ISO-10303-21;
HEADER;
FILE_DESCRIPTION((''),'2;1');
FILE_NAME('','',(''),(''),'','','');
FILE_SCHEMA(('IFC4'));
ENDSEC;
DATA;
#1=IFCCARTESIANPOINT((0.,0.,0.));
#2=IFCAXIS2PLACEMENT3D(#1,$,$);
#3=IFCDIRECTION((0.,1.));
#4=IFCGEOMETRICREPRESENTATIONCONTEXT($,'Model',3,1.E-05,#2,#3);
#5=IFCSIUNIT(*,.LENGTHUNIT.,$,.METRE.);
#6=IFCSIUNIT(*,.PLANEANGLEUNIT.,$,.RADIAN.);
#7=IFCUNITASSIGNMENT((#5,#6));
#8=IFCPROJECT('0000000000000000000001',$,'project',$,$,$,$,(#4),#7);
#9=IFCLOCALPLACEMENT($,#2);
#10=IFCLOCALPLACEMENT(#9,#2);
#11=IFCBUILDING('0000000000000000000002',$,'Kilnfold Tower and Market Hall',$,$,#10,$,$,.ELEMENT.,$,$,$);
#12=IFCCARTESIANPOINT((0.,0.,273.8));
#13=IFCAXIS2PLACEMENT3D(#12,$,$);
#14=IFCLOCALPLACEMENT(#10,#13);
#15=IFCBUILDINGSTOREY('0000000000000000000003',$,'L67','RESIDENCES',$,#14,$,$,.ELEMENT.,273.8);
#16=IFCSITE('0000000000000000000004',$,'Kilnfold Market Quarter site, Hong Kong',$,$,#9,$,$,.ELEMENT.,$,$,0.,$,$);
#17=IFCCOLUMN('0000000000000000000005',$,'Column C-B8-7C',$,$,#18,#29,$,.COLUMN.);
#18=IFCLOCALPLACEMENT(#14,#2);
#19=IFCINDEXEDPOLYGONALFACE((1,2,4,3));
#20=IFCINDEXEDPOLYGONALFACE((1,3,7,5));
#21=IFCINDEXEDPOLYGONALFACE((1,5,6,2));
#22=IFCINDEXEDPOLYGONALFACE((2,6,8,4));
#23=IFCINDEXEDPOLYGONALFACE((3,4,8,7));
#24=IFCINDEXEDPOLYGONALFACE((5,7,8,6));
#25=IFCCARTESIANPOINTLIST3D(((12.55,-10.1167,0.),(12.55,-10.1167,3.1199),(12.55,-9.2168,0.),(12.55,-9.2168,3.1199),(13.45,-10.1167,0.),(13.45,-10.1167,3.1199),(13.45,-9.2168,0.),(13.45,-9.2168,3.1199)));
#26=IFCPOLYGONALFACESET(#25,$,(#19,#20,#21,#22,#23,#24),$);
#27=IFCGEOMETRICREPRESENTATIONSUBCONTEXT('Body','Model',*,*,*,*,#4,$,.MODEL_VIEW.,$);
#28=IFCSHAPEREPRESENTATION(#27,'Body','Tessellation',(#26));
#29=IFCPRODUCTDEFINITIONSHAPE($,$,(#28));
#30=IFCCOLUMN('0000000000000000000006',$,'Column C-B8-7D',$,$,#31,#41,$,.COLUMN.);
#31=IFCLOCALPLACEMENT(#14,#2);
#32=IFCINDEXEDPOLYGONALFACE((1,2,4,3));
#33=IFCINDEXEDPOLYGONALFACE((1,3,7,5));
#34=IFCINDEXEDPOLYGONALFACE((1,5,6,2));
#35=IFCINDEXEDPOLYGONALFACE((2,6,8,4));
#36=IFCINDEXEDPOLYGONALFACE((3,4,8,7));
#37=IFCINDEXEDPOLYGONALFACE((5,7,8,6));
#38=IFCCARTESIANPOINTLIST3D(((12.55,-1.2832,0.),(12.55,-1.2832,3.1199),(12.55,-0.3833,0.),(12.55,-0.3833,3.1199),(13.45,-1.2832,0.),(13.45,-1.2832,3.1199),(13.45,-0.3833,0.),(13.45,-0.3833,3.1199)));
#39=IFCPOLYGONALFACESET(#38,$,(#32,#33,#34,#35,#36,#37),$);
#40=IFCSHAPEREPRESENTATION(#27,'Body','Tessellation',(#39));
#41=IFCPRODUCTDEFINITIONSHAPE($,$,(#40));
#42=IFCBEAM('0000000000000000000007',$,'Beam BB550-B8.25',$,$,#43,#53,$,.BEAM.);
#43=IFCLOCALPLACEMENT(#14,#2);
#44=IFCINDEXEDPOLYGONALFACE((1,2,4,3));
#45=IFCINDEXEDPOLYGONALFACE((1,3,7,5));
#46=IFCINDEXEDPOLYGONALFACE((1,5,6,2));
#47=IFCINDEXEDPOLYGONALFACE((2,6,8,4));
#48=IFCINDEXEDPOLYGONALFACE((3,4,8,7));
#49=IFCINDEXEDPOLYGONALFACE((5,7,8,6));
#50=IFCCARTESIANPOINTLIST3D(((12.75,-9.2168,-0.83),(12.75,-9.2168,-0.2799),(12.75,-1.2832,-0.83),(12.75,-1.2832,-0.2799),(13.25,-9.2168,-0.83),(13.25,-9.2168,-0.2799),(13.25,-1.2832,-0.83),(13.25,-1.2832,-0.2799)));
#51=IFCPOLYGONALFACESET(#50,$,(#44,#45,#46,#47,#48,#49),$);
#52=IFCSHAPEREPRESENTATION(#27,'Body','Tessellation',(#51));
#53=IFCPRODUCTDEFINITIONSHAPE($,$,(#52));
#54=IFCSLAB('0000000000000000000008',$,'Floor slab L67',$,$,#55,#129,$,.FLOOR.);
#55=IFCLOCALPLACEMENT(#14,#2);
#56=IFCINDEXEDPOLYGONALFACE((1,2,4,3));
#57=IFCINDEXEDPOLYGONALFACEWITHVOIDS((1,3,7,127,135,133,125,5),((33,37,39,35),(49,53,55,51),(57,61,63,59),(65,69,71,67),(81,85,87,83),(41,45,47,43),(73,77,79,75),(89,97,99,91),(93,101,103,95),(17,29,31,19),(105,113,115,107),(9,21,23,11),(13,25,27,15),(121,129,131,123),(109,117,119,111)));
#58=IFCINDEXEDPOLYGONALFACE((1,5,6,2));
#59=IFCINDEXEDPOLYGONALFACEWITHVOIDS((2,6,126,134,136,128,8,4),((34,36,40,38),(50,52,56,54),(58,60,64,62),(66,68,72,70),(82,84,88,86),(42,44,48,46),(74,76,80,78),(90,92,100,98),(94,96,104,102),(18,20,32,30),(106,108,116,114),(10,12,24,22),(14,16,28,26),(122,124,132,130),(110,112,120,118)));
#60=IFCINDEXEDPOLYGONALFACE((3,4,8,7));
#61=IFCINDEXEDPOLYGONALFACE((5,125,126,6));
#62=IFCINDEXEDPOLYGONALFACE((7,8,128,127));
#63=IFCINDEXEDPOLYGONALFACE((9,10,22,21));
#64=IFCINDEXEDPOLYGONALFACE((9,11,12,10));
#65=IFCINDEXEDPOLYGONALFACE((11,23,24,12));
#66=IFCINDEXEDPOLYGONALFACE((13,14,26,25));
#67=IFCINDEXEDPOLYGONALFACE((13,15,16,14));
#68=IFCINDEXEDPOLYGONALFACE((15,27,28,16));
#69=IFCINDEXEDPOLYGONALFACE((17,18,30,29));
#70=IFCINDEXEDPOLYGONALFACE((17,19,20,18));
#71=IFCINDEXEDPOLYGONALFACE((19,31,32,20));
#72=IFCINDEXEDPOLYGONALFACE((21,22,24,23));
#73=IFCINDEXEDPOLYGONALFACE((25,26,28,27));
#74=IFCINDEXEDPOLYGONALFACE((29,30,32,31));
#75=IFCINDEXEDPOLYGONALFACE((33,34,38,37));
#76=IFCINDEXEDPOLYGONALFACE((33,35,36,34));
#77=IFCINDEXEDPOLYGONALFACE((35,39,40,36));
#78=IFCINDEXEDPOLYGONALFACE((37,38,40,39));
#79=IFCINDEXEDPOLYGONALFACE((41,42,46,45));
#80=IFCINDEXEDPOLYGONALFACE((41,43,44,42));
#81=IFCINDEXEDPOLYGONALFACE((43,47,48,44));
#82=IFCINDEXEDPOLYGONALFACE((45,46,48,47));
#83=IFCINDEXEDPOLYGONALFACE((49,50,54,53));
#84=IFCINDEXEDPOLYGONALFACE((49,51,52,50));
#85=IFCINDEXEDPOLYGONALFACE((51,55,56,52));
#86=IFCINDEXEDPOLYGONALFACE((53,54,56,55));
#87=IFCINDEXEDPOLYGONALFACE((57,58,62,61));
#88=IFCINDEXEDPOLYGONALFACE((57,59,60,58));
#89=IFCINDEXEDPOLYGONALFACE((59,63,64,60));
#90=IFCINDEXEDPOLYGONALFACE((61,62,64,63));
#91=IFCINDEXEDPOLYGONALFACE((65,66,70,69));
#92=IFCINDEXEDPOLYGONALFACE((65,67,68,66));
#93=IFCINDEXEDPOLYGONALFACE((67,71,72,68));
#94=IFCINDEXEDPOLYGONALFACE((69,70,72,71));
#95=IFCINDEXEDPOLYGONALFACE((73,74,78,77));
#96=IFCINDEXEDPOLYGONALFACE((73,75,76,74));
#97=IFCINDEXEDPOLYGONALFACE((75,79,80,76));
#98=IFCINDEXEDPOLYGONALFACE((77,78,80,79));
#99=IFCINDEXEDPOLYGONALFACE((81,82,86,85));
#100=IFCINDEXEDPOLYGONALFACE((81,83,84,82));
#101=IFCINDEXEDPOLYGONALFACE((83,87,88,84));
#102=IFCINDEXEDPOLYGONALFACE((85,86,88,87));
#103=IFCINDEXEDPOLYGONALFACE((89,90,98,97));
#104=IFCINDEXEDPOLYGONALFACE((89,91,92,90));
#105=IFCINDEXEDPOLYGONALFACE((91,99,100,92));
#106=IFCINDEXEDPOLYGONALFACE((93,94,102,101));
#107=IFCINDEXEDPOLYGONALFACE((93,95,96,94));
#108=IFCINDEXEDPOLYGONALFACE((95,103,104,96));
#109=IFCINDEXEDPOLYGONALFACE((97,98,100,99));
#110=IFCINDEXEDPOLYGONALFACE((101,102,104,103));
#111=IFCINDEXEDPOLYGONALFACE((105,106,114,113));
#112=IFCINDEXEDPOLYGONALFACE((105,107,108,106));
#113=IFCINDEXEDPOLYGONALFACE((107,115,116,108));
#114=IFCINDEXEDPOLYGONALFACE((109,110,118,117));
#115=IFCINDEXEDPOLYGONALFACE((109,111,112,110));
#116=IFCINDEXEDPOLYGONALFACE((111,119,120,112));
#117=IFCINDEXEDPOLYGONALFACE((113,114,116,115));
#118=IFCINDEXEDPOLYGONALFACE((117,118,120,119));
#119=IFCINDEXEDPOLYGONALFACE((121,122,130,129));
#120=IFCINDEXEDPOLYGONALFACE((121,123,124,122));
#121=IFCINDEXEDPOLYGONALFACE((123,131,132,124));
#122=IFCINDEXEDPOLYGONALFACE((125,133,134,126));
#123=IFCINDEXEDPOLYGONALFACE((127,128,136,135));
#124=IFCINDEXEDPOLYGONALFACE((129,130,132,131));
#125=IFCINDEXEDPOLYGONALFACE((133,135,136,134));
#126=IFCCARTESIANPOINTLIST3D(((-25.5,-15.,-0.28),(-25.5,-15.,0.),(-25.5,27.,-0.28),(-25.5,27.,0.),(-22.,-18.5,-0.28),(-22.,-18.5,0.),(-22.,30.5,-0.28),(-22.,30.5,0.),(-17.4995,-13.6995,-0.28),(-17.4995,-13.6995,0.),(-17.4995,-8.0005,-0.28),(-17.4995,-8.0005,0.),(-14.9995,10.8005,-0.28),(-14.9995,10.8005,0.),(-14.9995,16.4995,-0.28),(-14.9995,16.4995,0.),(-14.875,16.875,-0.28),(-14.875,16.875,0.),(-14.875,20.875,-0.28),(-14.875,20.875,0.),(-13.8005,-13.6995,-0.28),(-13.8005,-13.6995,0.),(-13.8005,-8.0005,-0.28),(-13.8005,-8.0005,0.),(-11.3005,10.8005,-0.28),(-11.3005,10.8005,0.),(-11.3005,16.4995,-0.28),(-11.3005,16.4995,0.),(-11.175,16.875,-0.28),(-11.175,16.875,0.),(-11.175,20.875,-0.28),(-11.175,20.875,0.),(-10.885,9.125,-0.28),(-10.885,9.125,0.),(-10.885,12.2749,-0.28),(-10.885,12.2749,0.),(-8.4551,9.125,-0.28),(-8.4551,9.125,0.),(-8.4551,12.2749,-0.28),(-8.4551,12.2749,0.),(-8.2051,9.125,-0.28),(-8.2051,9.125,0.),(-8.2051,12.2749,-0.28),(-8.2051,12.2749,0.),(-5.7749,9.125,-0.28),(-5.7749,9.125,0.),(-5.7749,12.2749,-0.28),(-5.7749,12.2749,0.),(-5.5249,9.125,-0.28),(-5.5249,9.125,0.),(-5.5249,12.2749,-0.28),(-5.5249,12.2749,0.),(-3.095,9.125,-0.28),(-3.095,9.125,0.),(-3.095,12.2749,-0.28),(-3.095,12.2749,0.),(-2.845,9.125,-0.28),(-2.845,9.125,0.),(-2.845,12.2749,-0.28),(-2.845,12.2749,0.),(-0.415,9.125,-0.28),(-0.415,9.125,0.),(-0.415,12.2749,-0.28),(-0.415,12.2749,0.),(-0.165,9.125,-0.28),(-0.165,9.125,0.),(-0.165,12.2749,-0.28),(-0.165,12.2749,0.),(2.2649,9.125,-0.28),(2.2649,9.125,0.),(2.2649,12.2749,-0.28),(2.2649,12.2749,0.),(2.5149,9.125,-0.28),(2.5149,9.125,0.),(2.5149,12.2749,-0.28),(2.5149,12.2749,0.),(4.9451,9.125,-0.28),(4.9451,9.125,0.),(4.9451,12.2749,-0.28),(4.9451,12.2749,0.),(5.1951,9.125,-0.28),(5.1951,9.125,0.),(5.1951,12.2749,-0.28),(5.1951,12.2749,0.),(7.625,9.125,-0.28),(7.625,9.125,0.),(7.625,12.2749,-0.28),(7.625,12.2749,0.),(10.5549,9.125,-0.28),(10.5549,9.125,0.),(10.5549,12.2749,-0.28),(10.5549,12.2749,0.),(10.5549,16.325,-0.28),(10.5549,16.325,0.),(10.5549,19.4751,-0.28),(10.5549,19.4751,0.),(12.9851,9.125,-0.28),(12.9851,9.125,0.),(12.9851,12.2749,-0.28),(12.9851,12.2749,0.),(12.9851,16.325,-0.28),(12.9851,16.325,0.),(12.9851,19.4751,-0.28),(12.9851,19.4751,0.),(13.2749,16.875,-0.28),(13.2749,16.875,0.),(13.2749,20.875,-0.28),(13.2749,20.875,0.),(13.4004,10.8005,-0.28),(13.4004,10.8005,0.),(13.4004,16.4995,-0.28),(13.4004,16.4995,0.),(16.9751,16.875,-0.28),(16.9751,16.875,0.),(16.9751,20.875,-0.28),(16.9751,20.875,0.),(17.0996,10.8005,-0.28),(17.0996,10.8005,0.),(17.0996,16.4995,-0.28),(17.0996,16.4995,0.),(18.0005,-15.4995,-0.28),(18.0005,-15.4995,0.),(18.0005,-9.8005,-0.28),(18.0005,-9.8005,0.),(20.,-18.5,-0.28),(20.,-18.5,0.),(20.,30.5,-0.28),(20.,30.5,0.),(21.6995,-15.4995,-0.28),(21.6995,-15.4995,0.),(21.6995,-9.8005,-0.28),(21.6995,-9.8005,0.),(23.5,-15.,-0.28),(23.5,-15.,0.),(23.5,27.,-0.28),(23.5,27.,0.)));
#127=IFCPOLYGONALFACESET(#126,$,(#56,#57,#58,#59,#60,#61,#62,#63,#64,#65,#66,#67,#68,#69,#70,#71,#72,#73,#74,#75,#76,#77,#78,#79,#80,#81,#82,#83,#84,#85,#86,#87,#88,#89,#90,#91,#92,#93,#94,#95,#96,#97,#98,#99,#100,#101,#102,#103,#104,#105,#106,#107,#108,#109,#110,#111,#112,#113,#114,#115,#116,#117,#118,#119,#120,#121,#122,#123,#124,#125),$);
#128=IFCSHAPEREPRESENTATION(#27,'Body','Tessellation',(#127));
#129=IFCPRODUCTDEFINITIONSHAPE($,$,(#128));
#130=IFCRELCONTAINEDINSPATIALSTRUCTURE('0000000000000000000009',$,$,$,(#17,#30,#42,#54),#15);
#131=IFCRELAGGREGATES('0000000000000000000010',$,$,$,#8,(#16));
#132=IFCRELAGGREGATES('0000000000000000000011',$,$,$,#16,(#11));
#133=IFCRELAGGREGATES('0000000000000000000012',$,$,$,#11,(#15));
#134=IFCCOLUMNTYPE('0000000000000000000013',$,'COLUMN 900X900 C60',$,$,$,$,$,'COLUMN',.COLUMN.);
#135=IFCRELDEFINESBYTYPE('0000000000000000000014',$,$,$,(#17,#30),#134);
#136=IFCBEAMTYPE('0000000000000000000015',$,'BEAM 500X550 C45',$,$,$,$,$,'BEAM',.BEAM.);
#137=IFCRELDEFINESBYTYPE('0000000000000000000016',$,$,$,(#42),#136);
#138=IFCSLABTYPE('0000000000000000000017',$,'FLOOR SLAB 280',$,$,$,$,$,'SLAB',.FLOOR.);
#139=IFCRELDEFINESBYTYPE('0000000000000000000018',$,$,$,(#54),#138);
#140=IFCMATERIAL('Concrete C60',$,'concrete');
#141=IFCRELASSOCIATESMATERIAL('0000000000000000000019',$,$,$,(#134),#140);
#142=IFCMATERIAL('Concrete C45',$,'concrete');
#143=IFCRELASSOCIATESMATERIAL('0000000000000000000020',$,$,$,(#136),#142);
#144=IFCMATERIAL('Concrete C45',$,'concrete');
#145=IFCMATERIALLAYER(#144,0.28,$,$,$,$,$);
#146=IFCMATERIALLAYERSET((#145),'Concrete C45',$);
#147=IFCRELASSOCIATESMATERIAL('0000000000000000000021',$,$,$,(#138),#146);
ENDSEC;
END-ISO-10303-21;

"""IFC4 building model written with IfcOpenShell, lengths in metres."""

from ifc_helpers import new_model, si_unit, direction, frame, origin, origin_2d, place, context, subcontext, project, spatial, polyline, rectangle, outline, extrude, source, transform, mapped, material, layer, layer_set, material_profile, profile_set, type_object, element, save


model = new_model("IFC4")

# Units and contexts
model_context = context("Model", 3, precision=1e-05, world=origin(), true_north=direction((0.0, 1.0)))
body_context = subcontext(model_context, "Body", "Model", "MODEL_VIEW")
ifc_project = project(units=[si_unit("LENGTHUNIT", "METRE"), si_unit("PLANEANGLEUNIT", "RADIAN")], contexts=[model_context])

# Site, building, storey
site_placement = place(None, origin())
site = spatial("IfcSite", under=ifc_project, at=site_placement, Name="Kilnfold Market Quarter site, Hong Kong", CompositionType="ELEMENT", RefElevation=0.0)
building_placement = place(site_placement, origin())
building = spatial("IfcBuilding", under=site, at=building_placement, Name="Kilnfold Tower and Market Hall", CompositionType="ELEMENT")
storey_placement = place(building_placement, frame((0.0, 0.0, 273.8)))
storey = spatial("IfcBuildingStorey", under=building, at=storey_placement, Name="L67", Description="RESIDENCES", CompositionType="ELEMENT", Elevation=273.8)

# Columns
ifc_material_1 = material(Name="Concrete C60", Category="concrete")
ifc_material_profile_1 = material_profile(ifc_material_1, rectangle(XDim=0.8999, YDim=0.8999, at=origin_2d()), Name="RC 900x900")
ifc_profile_set_1 = profile_set([ifc_material_profile_1], Name="Concrete C60")
column_type = type_object("IfcColumnType", Name="COLUMN 900X900 C60", ElementType="COLUMN", PredefinedType="COLUMN", material=ifc_profile_set_1)
shared_shape_1 = source(origin(), body_context, "Body", "SweptSolid", [
    extrude(rectangle(XDim=0.8999, YDim=0.8999, at=origin_2d()), origin(), (0.0, 0.0, 1.0), 3.1199),
])
for number, where, z_axis, x_axis, name in (
    (1, (13.0, -9.6667, 0.0), (0.0, 0.0, 1.0), (1.0, 0.0, 0.0), "Column C-B8-7C"),
    (2, (13.0, -0.8333, 0.0), (0.0, 0.0, 1.0), (1.0, 0.0, 0.0), "Column C-B8-7D"),
):
    element("IfcColumn", number, at=place(storey_placement, frame(where, z_axis=z_axis, x_axis=x_axis)), inside=storey, type_object=column_type, Name=name, PredefinedType="COLUMN", context=body_context, shape_type="MappedRepresentation", body=[
        mapped(shared_shape_1, transform((0.0, 0.0, 0.0))),
    ])

# Beam
ifc_material_2 = material(Name="Concrete C45", Category="concrete")
ifc_material_profile_2 = material_profile(ifc_material_2, rectangle(XDim=0.5, YDim=0.55, at=origin_2d()), Name="RC 500x550")
ifc_profile_set_2 = profile_set([ifc_material_profile_2], Name="Concrete C45")
beam_type = type_object("IfcBeamType", Name="BEAM 500X550 C45", ElementType="BEAM", PredefinedType="BEAM", material=ifc_profile_set_2)
shared_shape_2 = source(origin(), body_context, "Body", "SweptSolid", [
    extrude(rectangle(XDim=0.5, YDim=0.55, at=origin_2d()), origin(), (0.0, 0.0, 1.0), 7.9336),
])
beam_placement = place(storey_placement, frame((13.0, -9.2168, -0.5549), z_axis=(0.0, 1.0, 0.0), x_axis=(-1.0, 0.0, 0.0)))
element("IfcBeam", 3, at=beam_placement, inside=storey, type_object=beam_type, Name="Beam BB550-B8.25", PredefinedType="BEAM", context=body_context, shape_type="MappedRepresentation", body=[
    mapped(shared_shape_2, transform((0.0, 0.0, 0.0))),
])

# Slab
ifc_material_3 = material(Name="Concrete C45", Category="concrete")
ifc_layer_1 = layer(ifc_material_3, 0.28)
ifc_layer_set_1 = layer_set([ifc_layer_1], Name="Concrete C45")
slab_type_1 = type_object("IfcSlabType", Name="FLOOR SLAB 280", ElementType="SLAB", PredefinedType="FLOOR", material=ifc_layer_set_1)
shared_shape_3 = source(origin(), body_context, "Body", "SweptSolid", [
    extrude(outline(polyline([(-22.0, -18.5), (20.0, -18.5), (23.5, -15.0), (23.5, 27.0), (20.0, 30.5), (-22.0, 30.5), (-25.5, 27.0), (-25.5, -15.0), (-22.0, -18.5)]), holes=[polyline([(-13.8005, -8.0005), (-13.8005, -13.6995), (-17.4995, -13.6995), (-17.4995, -8.0005), (-13.8005, -8.0005)]), polyline([(-11.3005, 10.8005), (-14.9995, 10.8005), (-14.9995, 16.4995), (-11.3005, 16.4995), (-11.3005, 10.8005)]), polyline([(-11.175, 16.875), (-14.875, 16.875), (-14.875, 20.875), (-11.175, 20.875), (-11.175, 16.875)]), polyline([(-8.4551, 9.125), (-10.885, 9.125), (-10.885, 12.2749), (-8.4551, 12.2749), (-8.4551, 9.125)]), polyline([(-5.7749, 9.125), (-8.2051, 9.125), (-8.2051, 12.2749), (-5.7749, 12.2749), (-5.7749, 9.125)]), polyline([(-3.095, 9.125), (-5.5249, 9.125), (-5.5249, 12.2749), (-3.095, 12.2749), (-3.095, 9.125)]), polyline([(-0.415, 9.125), (-2.845, 9.125), (-2.845, 12.2749), (-0.415, 12.2749), (-0.415, 9.125)]), polyline([(2.2649, 9.125), (-0.165, 9.125), (-0.165, 12.2749), (2.2649, 12.2749), (2.2649, 9.125)]), polyline([(4.9451, 9.125), (2.5149, 9.125), (2.5149, 12.2749), (4.9451, 12.2749), (4.9451, 9.125)]), polyline([(7.625, 9.125), (5.1951, 9.125), (5.1951, 12.2749), (7.625, 12.2749), (7.625, 9.125)]), polyline([(12.9851, 9.125), (10.5549, 9.125), (10.5549, 12.2749), (12.9851, 12.2749), (12.9851, 9.125)]), polyline([(12.9851, 16.325), (10.5549, 16.325), (10.5549, 19.4751), (12.9851, 19.4751), (12.9851, 16.325)]), polyline([(16.9751, 16.875), (13.2749, 16.875), (13.2749, 20.875), (16.9751, 20.875), (16.9751, 16.875)]), polyline([(17.0996, 10.8005), (13.4004, 10.8005), (13.4004, 16.4995), (17.0996, 16.4995), (17.0996, 10.8005)]), polyline([(18.0005, -9.8005), (21.6995, -9.8005), (21.6995, -15.4995), (18.0005, -15.4995), (18.0005, -9.8005)])]), origin(), (0.0, 0.0, 1.0), 0.28),
])
slab_1_placement = place(storey_placement, frame((0.0, 0.0, -0.28)))
element("IfcSlab", 4, at=slab_1_placement, inside=storey, type_object=slab_type_1, Name="Floor slab L67", PredefinedType="FLOOR", context=body_context, shape_type="MappedRepresentation", body=[
    mapped(shared_shape_3, transform((0.0, 0.0, 0.0))),
])

save(model, "model.ifc")
